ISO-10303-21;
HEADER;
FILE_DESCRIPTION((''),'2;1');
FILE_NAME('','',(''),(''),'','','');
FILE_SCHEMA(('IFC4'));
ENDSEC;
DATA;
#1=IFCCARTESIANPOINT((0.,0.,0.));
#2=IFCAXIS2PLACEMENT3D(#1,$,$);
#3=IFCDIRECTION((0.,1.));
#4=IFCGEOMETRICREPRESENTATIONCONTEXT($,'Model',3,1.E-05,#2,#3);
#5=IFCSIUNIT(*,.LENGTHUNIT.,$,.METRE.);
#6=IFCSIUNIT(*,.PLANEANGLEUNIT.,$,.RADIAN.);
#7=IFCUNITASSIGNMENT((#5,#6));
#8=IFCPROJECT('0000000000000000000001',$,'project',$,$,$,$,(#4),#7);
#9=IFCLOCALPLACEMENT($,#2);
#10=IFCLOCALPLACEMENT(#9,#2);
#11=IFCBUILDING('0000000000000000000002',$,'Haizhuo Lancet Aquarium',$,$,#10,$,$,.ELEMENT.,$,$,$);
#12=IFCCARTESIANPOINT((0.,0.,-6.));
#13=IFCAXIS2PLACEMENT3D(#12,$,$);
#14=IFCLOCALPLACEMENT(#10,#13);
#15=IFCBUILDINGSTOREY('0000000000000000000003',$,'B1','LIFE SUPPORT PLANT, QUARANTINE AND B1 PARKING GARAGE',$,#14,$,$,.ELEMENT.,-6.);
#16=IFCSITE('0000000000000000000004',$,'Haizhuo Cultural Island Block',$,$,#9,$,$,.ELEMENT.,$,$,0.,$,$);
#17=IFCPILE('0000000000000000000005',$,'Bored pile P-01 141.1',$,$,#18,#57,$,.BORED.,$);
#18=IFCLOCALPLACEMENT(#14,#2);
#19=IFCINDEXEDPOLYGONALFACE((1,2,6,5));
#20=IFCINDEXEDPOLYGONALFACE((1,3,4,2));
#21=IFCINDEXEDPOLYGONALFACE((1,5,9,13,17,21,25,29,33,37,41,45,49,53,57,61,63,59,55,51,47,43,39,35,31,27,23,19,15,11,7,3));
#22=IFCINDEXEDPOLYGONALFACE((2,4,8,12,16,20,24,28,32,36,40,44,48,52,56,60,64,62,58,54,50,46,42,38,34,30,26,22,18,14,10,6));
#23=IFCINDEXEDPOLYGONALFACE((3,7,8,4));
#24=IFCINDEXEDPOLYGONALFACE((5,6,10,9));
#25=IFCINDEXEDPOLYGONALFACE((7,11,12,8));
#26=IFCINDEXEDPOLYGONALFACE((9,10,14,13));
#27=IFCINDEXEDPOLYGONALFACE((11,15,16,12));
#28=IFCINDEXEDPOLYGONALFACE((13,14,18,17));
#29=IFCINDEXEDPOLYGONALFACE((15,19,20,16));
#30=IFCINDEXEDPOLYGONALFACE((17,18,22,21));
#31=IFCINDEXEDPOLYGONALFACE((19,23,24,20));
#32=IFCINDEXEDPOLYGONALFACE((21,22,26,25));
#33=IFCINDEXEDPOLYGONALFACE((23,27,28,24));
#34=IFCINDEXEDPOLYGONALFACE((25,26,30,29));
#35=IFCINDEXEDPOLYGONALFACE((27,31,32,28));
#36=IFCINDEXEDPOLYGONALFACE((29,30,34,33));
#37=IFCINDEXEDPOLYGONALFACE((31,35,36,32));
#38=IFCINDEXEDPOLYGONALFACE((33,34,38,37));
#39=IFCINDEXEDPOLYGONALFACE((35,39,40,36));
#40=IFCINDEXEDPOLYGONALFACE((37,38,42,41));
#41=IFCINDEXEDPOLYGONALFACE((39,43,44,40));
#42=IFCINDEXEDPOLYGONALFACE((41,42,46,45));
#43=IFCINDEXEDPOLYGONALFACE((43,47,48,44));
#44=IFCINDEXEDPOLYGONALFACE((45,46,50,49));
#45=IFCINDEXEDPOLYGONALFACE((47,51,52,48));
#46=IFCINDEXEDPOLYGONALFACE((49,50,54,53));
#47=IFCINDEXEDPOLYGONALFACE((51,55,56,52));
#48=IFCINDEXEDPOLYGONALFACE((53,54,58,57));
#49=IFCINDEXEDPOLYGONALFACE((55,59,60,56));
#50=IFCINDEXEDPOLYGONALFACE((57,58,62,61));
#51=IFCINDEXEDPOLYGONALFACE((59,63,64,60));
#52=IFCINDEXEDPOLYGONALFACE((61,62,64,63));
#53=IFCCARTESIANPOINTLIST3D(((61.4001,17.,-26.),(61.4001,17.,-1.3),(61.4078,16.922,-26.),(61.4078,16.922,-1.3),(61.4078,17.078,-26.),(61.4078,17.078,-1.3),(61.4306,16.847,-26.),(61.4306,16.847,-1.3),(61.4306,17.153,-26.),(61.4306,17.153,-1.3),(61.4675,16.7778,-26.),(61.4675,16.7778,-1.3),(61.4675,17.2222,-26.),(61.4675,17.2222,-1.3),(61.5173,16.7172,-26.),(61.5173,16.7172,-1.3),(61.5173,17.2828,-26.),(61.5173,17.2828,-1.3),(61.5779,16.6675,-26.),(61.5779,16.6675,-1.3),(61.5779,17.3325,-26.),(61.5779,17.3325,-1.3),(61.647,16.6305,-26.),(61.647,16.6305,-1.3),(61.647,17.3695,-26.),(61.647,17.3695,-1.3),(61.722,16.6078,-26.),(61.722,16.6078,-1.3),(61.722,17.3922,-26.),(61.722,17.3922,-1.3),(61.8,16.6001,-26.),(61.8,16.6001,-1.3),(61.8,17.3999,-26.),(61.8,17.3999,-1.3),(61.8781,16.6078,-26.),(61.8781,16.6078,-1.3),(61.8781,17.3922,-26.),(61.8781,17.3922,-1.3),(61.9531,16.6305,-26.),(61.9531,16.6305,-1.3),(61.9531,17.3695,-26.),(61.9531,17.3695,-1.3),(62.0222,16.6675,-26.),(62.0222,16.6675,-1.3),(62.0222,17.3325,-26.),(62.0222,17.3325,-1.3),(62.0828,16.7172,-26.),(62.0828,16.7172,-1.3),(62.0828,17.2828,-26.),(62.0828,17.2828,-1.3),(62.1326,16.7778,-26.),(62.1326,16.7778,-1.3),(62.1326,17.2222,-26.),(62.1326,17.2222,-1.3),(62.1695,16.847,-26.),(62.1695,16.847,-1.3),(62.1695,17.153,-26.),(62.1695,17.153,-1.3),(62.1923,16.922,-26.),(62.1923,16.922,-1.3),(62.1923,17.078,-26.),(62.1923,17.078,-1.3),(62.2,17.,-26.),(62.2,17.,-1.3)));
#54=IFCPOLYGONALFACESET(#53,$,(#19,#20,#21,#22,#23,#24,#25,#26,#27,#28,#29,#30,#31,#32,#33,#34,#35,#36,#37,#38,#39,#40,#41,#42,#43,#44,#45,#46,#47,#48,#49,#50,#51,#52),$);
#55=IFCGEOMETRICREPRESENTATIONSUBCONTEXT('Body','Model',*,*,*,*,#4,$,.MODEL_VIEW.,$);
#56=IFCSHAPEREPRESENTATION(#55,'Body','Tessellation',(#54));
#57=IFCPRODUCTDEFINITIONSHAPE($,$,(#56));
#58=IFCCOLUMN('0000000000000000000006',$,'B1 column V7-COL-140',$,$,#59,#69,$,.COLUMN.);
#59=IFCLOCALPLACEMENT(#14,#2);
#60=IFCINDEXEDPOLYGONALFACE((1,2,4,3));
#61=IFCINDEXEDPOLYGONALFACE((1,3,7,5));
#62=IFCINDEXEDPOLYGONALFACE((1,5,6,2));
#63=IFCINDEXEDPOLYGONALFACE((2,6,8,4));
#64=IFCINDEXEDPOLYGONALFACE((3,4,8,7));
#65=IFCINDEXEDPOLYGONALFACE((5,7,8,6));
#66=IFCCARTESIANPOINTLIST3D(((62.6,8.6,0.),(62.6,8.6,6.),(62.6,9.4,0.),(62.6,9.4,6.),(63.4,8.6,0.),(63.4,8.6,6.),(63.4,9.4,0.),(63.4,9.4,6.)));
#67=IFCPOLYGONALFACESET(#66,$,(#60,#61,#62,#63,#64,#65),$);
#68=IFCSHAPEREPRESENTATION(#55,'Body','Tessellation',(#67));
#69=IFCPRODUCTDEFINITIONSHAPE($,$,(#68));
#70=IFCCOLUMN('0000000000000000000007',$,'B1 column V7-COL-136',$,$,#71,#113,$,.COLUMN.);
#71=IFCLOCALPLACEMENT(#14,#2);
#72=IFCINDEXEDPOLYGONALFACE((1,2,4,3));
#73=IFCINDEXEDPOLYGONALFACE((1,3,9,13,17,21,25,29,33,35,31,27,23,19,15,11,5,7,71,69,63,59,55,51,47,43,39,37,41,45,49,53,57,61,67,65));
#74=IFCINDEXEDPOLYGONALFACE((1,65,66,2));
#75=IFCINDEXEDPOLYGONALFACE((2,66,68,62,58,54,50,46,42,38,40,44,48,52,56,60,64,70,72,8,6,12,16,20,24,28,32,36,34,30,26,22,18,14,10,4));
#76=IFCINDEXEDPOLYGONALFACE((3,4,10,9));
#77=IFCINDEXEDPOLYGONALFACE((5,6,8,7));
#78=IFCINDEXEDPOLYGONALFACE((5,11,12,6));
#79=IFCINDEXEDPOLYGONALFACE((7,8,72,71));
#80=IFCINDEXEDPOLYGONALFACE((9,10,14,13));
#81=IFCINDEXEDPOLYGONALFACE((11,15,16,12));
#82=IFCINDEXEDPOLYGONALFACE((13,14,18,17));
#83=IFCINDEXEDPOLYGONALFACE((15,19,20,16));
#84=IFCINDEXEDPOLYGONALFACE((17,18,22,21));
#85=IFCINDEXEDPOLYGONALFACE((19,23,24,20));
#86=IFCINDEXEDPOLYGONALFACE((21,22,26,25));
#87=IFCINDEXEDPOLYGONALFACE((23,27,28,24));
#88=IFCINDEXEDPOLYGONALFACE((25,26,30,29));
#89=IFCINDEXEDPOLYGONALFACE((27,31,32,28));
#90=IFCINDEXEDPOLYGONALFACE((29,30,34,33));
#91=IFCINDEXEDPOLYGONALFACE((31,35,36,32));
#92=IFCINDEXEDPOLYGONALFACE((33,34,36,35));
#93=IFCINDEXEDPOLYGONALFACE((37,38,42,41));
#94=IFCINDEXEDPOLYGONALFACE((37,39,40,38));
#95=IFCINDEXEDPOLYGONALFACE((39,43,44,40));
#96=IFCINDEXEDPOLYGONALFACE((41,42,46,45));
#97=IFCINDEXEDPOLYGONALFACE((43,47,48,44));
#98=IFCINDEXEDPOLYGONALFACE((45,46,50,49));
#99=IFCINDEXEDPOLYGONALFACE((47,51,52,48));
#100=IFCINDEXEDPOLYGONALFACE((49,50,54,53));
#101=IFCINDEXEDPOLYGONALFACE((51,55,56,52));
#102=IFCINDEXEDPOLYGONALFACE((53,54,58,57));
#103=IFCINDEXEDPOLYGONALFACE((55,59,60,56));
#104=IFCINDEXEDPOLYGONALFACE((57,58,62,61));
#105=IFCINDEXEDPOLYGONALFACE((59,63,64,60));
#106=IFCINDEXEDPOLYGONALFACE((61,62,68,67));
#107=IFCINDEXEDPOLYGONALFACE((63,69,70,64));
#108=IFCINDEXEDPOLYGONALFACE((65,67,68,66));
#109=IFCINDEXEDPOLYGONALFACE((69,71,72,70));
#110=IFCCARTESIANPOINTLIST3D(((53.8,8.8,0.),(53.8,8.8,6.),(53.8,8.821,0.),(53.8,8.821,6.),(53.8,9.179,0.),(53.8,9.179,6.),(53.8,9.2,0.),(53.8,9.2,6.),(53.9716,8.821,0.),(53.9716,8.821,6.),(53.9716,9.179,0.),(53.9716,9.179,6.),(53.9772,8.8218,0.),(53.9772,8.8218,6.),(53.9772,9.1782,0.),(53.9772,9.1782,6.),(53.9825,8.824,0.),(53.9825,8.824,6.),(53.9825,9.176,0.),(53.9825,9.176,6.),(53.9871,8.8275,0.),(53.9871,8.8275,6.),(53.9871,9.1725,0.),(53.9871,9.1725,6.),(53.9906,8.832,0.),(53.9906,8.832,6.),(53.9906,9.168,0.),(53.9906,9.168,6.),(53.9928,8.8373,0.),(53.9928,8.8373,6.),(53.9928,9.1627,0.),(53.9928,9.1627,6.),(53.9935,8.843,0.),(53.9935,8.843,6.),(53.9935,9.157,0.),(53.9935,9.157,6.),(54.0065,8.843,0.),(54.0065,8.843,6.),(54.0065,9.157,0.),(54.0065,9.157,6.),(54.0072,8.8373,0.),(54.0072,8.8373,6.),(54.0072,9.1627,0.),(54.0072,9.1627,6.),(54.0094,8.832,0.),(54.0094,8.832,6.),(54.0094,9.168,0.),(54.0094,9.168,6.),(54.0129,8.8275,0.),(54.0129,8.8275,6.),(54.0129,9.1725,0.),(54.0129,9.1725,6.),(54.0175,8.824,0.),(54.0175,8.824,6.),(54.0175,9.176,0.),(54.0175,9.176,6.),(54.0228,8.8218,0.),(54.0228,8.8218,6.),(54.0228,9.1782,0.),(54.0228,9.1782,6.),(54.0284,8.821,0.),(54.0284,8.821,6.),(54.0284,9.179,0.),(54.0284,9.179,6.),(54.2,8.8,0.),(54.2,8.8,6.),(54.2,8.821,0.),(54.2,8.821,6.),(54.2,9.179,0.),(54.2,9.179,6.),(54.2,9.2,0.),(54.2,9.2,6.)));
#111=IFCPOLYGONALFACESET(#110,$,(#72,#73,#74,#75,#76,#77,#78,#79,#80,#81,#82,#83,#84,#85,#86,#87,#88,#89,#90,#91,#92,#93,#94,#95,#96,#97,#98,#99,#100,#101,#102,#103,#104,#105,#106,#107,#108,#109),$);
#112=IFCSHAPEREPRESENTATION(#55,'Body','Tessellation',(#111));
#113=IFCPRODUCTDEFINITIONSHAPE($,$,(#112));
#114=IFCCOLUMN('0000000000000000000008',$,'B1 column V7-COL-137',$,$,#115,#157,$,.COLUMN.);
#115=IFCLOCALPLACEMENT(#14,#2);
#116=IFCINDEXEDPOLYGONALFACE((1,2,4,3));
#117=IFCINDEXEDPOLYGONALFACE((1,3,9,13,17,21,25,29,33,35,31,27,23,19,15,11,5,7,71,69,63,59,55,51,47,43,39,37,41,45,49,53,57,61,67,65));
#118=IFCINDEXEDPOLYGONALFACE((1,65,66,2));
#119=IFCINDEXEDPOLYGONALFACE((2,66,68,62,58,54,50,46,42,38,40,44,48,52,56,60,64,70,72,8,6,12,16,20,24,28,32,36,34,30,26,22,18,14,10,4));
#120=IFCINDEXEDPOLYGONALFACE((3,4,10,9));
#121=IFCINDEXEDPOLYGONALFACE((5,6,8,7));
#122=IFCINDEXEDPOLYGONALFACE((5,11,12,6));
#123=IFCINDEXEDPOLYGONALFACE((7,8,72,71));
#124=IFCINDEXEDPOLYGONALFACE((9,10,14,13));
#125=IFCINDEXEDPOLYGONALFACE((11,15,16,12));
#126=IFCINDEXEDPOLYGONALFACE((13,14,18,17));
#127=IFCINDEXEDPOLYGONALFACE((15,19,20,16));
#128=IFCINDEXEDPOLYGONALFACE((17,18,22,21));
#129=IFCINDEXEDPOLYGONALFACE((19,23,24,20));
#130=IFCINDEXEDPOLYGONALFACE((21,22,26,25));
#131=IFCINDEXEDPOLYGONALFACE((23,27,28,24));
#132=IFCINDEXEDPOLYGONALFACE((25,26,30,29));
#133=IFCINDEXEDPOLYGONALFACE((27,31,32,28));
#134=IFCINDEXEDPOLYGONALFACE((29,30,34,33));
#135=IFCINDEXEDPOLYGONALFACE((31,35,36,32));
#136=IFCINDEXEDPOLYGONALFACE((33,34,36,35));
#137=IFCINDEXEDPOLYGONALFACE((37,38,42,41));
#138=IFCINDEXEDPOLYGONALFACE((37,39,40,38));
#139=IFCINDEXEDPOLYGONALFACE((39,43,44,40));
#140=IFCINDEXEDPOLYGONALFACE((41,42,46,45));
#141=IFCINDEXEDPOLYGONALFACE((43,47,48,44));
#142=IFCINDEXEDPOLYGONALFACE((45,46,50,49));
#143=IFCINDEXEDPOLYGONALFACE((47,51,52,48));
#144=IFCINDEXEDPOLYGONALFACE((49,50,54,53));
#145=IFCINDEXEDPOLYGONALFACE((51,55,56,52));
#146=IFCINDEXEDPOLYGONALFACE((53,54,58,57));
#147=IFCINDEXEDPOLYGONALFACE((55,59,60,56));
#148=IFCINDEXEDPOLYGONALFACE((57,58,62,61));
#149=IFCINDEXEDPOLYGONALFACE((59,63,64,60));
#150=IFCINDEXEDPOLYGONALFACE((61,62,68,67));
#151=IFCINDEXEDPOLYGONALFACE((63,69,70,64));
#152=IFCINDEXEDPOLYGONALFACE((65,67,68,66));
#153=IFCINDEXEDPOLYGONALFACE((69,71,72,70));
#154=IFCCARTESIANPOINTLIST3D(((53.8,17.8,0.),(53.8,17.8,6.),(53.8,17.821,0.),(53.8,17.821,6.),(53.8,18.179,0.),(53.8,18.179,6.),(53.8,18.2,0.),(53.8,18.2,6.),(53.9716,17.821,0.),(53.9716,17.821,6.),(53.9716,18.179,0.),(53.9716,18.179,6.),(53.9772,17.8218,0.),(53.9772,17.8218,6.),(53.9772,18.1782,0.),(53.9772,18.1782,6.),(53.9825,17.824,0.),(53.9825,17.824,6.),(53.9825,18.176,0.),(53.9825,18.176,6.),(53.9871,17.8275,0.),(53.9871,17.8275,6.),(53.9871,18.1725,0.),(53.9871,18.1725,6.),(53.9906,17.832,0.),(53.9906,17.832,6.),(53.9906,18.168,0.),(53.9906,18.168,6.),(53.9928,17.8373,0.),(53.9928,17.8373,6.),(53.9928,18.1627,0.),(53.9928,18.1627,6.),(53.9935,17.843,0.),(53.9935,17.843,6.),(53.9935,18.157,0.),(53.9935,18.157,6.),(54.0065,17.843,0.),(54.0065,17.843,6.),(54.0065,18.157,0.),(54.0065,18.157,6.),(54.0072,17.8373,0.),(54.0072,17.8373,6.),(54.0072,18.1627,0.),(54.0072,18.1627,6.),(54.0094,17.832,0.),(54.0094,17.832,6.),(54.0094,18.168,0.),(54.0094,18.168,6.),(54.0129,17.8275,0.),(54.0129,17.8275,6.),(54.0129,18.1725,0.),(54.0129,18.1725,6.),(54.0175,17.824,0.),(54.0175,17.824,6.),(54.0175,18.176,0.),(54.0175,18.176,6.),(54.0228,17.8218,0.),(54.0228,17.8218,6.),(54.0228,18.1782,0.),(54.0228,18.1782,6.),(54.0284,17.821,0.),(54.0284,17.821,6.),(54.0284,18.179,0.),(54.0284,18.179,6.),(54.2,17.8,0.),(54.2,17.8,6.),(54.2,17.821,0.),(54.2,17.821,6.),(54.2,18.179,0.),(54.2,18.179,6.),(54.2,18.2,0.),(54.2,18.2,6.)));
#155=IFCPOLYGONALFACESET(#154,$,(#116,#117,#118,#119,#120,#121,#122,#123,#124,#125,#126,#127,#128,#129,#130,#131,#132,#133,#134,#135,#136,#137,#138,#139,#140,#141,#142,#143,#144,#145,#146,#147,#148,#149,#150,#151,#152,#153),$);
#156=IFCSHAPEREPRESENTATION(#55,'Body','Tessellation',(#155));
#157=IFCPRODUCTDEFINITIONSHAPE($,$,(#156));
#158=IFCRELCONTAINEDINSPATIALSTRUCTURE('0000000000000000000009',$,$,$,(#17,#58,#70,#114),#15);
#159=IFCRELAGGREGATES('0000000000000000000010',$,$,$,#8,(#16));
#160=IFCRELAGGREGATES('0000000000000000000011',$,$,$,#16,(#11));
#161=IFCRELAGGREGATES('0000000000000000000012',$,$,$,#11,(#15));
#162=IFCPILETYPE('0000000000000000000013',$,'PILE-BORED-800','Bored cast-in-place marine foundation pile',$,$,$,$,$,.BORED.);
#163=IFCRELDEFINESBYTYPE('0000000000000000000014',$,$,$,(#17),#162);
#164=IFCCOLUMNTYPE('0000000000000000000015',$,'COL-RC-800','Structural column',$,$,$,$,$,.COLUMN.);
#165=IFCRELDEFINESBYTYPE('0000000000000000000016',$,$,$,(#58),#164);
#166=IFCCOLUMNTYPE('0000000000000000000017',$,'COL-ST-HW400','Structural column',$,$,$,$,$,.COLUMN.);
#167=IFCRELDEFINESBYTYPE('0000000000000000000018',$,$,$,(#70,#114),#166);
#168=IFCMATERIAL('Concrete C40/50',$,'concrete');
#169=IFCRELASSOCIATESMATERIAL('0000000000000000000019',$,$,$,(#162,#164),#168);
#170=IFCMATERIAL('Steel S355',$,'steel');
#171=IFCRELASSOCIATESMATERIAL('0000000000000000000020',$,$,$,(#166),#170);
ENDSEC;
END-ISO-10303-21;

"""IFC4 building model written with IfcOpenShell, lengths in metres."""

from ifc_helpers import new_model, si_unit, direction, frame, origin, origin_2d, place, context, subcontext, project, spatial, rectangle, circle, i_section, extrude, material, material_profile, profile_set, type_object, element, save


model = new_model("IFC4")

# Units and contexts
model_context = context("Model", 3, precision=1e-05, world=origin(), true_north=direction((0.0, 1.0)))
body_context = subcontext(model_context, "Body", "Model", "MODEL_VIEW")
ifc_project = project(units=[si_unit("LENGTHUNIT", "METRE"), si_unit("PLANEANGLEUNIT", "RADIAN")], contexts=[model_context])

# Site, building, storey
site_placement = place(None, origin())
site = spatial("IfcSite", under=ifc_project, at=site_placement, Name="Haizhuo Cultural Island Block", CompositionType="ELEMENT", RefElevation=0.0)
building_placement = place(site_placement, origin())
building = spatial("IfcBuilding", under=site, at=building_placement, Name="Haizhuo Lancet Aquarium", CompositionType="ELEMENT")
storey_placement = place(building_placement, frame((0.0, 0.0, -6.0)))
storey = spatial("IfcBuildingStorey", under=building, at=storey_placement, Name="B1", Description="LIFE SUPPORT PLANT, QUARANTINE AND B1 PARKING GARAGE", CompositionType="ELEMENT", Elevation=-6.0)

# Shared definitions
ifc_material_1 = material(Name="Concrete C40/50", Category="concrete")

# Pile
ifc_material_profile_1 = material_profile(ifc_material_1, circle(Radius=0.3999, at=origin_2d()), Name="PILE-800")
ifc_profile_set_1 = profile_set([ifc_material_profile_1], Name="Concrete C40/50")
pile_type = type_object("IfcPileType", Name="PILE-BORED-800", Description="Bored cast-in-place marine foundation pile", PredefinedType="BORED", material=ifc_profile_set_1)
pile_placement = place(storey_placement, frame((61.8, 17.0, -1.3), z_axis=(0.0, 0.0, -1.0), x_axis=(1.0, 0.0, 0.0)))
element("IfcPile", 1, at=pile_placement, inside=storey, type_object=pile_type, Name="Bored pile P-01 141.1", PredefinedType="BORED", context=body_context, shape_type="SweptSolid", body=[
    extrude(circle(Radius=0.3999, at=origin_2d()), origin(), (0.0, 0.0, 1.0), 24.7),
])

# Columns
ifc_material_profile_2 = material_profile(ifc_material_1, rectangle(XDim=0.8, YDim=0.8, at=origin_2d()), Name="RC-COL 800x800")
ifc_profile_set_2 = profile_set([ifc_material_profile_2], Name="Concrete C40/50")
column_type_1 = type_object("IfcColumnType", Name="COL-RC-800", Description="Structural column", PredefinedType="COLUMN", material=ifc_profile_set_2)
column_placement = place(storey_placement, frame((63.0, 9.0, 0.0), z_axis=(0.0, 0.0, 1.0), x_axis=(1.0, 0.0, 0.0)))
element("IfcColumn", 2, at=column_placement, inside=storey, type_object=column_type_1, Name="B1 column V7-COL-140", PredefinedType="COLUMN", context=body_context, shape_type="SweptSolid", body=[
    extrude(rectangle(XDim=0.8, YDim=0.8, at=origin_2d()), origin(), (0.0, 0.0, 1.0), 6.0),
])
ifc_material_2 = material(Name="Steel S355", Category="steel")
ifc_material_profile_3 = material_profile(ifc_material_2, i_section(OverallWidth=0.3999, OverallDepth=0.3999, WebThickness=0.0129, FlangeThickness=0.021, FilletRadius=0.022, at=origin_2d()), Name="HW 400x400x13x21")
ifc_profile_set_3 = profile_set([ifc_material_profile_3], Name="Steel S355")
column_type_2 = type_object("IfcColumnType", Name="COL-ST-HW400", Description="Structural column", PredefinedType="COLUMN", material=ifc_profile_set_3)
for number, where, z_axis, x_axis, name in (
    (3, (54.0, 9.0, 0.0), (0.0, 0.0, 1.0), (1.0, 0.0, 0.0), "B1 column V7-COL-136"),
    (4, (54.0, 18.0, 0.0), (0.0, 0.0, 1.0), (1.0, 0.0, 0.0), "B1 column V7-COL-137"),
):
    element("IfcColumn", number, at=place(storey_placement, frame(where, z_axis=z_axis, x_axis=x_axis)), inside=storey, type_object=column_type_2, Name=name, PredefinedType="COLUMN", context=body_context, shape_type="SweptSolid", body=[
        extrude(i_section(OverallWidth=0.3999, OverallDepth=0.3999, WebThickness=0.0129, FlangeThickness=0.021, FilletRadius=0.022, at=origin_2d()), origin(), (0.0, 0.0, 1.0), 6.0),
    ])

save(model, "model.ifc")
